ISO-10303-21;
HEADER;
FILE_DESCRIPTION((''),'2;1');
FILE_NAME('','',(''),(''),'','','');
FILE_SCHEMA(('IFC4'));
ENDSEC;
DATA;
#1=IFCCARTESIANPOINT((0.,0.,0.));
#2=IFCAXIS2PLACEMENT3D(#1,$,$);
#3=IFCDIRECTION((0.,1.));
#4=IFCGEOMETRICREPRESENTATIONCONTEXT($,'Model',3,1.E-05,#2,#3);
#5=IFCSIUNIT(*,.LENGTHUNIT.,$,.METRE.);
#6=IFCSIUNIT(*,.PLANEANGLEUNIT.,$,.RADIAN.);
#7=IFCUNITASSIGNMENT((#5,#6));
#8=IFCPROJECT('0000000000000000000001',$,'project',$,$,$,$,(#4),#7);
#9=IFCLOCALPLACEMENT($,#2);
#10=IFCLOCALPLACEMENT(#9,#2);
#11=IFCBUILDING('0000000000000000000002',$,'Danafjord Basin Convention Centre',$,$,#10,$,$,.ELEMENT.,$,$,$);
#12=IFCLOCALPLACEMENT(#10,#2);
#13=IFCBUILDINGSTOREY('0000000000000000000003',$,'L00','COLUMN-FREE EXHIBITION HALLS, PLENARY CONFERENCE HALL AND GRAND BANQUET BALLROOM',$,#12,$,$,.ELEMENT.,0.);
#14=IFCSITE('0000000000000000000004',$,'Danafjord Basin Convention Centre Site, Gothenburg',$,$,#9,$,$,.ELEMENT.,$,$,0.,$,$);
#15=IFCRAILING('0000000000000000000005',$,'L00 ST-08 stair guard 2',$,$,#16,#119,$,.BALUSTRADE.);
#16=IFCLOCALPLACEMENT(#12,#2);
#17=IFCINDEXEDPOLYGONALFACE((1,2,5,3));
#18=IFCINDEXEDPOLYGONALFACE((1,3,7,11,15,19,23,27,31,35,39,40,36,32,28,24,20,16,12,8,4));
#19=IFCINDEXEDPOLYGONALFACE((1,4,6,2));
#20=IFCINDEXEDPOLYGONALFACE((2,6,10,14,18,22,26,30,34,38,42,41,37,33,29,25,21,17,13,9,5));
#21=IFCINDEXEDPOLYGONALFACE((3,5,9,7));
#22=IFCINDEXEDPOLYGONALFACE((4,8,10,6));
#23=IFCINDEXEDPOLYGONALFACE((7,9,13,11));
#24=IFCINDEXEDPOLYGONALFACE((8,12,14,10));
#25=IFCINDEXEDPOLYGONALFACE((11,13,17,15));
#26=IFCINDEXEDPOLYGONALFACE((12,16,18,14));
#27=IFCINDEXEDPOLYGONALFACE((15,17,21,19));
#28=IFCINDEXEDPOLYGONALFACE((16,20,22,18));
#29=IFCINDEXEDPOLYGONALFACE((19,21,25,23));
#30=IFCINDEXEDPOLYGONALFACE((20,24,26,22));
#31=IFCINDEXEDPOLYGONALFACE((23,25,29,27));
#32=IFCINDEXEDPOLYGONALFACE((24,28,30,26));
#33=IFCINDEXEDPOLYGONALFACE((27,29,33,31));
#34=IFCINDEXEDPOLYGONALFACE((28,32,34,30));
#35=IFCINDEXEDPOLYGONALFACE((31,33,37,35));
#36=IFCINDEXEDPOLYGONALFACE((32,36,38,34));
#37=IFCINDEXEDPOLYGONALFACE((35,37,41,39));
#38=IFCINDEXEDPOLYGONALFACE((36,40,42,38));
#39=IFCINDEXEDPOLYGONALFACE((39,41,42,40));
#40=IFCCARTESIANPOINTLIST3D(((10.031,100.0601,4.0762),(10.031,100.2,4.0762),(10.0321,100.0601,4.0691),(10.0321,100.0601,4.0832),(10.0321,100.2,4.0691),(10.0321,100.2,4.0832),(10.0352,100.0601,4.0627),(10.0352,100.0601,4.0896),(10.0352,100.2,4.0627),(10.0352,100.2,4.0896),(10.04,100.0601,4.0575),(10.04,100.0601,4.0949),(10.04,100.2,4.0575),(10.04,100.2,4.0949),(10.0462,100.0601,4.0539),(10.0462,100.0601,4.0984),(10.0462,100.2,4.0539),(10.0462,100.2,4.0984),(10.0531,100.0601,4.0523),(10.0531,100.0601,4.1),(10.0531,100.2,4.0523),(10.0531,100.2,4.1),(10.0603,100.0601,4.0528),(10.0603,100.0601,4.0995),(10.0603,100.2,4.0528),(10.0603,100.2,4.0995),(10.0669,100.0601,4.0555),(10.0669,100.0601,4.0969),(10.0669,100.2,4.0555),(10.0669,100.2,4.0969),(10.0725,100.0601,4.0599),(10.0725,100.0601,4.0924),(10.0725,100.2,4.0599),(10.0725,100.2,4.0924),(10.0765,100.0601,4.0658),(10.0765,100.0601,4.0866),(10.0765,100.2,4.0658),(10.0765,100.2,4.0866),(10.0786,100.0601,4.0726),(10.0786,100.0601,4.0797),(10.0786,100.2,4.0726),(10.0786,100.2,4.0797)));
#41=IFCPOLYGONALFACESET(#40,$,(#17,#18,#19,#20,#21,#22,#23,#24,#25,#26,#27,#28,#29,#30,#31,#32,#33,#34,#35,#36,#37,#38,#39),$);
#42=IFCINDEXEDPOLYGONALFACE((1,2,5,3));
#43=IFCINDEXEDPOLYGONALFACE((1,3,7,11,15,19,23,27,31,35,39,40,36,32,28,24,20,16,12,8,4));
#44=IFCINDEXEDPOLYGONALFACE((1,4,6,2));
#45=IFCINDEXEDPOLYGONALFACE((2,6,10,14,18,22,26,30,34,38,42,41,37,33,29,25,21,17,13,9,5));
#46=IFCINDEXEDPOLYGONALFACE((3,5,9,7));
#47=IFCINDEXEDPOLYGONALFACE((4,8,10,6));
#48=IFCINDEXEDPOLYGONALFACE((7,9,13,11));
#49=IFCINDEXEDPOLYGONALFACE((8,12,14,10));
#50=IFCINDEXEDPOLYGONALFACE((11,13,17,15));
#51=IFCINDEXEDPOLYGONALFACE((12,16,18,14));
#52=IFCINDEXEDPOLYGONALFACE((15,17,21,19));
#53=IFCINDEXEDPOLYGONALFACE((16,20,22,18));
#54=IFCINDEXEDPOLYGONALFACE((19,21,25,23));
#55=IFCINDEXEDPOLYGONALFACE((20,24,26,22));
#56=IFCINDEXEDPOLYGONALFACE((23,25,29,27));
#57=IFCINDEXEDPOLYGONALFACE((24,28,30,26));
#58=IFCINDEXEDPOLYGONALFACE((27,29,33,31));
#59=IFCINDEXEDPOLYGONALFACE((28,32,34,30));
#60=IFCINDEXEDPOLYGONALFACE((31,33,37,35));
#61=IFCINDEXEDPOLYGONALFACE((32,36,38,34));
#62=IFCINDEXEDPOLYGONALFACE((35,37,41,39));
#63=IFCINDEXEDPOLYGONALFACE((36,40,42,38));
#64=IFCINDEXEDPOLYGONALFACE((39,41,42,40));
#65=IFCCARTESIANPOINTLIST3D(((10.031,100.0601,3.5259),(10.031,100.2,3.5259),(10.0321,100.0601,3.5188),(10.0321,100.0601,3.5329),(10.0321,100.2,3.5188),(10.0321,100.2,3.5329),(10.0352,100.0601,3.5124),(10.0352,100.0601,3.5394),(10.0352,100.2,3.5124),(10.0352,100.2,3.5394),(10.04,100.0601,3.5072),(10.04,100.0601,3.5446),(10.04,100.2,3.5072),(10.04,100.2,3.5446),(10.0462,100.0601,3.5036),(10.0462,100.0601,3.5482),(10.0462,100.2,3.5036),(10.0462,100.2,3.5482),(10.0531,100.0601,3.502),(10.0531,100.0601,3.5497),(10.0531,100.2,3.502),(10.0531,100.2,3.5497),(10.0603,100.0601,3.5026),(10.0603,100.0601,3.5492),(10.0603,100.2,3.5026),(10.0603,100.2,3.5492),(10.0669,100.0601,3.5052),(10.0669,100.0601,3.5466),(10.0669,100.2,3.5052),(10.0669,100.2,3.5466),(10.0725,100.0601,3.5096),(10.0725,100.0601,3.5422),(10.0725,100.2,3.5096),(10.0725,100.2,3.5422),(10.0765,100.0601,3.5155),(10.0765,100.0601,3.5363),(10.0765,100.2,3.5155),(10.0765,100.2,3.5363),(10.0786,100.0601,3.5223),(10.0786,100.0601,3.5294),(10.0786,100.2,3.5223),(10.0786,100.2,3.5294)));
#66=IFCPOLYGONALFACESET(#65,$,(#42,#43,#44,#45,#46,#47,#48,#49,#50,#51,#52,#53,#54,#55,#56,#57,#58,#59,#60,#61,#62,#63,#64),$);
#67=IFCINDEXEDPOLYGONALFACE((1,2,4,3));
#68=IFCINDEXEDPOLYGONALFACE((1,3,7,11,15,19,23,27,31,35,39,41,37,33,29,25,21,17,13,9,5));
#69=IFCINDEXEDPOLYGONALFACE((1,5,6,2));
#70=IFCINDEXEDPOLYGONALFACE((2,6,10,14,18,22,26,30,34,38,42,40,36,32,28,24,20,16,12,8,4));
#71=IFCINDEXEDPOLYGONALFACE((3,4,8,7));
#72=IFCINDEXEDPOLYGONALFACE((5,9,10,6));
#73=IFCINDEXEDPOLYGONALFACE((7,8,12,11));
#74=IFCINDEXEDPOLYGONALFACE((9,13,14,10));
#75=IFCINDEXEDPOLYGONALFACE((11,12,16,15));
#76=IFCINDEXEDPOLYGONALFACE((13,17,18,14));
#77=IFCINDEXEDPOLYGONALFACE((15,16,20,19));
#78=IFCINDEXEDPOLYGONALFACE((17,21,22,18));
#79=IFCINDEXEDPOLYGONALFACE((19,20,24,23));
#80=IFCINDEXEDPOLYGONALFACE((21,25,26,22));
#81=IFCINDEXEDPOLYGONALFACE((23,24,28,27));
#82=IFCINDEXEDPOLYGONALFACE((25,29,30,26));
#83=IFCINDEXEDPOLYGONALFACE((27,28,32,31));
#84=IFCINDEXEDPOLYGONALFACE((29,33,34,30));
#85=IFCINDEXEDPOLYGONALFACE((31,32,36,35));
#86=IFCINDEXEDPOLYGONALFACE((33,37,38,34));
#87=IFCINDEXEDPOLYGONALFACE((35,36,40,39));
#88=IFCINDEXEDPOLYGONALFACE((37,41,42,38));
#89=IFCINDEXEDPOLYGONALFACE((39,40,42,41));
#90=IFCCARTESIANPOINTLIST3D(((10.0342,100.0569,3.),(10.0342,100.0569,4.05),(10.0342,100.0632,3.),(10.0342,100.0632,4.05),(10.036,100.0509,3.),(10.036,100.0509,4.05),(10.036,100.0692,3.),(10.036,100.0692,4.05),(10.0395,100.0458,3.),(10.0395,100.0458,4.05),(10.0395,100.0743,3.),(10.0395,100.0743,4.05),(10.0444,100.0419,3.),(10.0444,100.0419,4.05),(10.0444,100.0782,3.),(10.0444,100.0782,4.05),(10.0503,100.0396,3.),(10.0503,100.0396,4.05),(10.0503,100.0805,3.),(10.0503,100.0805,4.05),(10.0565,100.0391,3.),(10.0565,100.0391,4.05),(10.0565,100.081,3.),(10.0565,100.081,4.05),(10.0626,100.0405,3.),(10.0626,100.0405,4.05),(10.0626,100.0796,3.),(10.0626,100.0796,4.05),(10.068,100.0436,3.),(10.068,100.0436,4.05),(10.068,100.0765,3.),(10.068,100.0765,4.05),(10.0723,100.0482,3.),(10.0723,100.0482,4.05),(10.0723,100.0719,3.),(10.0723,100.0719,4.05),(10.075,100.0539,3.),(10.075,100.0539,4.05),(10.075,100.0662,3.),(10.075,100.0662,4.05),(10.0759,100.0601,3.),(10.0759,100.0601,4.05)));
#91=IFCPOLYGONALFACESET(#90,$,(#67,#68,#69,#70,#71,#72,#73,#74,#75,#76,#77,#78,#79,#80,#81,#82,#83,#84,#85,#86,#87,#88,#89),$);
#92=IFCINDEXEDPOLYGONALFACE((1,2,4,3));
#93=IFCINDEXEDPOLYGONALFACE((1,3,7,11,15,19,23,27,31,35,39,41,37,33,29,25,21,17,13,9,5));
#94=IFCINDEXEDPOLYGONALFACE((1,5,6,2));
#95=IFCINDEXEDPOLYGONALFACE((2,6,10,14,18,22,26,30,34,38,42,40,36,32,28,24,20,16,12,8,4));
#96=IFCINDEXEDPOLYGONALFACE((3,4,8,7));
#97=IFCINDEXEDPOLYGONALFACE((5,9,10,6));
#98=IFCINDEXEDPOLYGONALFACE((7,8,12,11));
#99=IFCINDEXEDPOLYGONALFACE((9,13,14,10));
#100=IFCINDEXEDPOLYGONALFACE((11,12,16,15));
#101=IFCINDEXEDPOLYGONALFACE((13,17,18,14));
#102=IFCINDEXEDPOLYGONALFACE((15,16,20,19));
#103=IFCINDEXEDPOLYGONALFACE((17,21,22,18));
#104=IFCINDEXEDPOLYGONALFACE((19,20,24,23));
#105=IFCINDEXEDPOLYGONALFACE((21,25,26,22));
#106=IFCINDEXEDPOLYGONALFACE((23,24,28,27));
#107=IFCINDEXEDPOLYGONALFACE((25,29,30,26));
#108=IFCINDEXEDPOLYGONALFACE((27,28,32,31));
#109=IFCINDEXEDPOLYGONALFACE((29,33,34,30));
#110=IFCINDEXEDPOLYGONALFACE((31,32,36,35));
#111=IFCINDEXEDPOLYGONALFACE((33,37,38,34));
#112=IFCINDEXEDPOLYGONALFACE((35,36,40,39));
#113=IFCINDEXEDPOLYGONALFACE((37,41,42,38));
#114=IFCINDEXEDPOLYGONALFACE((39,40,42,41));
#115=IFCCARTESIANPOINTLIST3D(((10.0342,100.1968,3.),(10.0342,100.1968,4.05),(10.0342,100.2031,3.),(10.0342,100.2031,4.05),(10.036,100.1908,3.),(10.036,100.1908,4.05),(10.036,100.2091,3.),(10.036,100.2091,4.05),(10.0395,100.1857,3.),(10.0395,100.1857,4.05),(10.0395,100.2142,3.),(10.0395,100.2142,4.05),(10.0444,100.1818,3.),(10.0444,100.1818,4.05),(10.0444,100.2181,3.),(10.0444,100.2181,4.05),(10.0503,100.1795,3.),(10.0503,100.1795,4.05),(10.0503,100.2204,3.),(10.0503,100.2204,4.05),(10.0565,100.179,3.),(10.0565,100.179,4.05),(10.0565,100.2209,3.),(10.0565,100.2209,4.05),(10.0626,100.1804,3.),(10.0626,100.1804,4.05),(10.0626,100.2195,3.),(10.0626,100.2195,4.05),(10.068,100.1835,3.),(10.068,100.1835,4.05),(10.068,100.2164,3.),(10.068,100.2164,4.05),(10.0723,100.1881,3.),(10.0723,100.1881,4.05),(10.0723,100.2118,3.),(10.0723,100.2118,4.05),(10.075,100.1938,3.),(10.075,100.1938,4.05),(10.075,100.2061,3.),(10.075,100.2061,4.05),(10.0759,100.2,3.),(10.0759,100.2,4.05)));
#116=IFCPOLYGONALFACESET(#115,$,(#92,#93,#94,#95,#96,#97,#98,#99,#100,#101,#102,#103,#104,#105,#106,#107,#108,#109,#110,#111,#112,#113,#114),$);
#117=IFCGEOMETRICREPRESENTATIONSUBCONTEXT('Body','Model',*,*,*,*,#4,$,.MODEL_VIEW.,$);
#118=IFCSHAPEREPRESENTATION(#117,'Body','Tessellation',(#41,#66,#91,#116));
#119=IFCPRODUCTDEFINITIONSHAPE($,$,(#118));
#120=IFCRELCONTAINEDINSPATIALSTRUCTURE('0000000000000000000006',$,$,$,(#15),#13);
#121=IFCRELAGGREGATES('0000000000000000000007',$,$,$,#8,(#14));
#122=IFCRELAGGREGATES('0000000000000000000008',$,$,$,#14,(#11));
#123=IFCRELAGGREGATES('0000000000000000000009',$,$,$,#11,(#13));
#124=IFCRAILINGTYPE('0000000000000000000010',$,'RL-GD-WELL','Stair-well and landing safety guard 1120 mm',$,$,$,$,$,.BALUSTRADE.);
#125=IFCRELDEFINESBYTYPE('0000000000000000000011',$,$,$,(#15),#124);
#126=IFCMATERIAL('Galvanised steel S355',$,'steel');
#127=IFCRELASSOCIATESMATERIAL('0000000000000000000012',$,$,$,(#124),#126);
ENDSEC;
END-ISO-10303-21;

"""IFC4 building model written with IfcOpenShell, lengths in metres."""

from ifc_helpers import new_model, si_unit, direction, frame, origin, origin_2d, place, context, subcontext, project, spatial, circle, extrude, material, type_object, element, save


model = new_model("IFC4")

# Units and contexts
model_context = context("Model", 3, precision=1e-05, world=origin(), true_north=direction((0.0, 1.0)))
body_context = subcontext(model_context, "Body", "Model", "MODEL_VIEW")
ifc_project = project(units=[si_unit("LENGTHUNIT", "METRE"), si_unit("PLANEANGLEUNIT", "RADIAN")], contexts=[model_context])

# Site, building, storey
site_placement = place(None, origin())
site = spatial("IfcSite", under=ifc_project, at=site_placement, Name="Danafjord Basin Convention Centre Site, Gothenburg", CompositionType="ELEMENT", RefElevation=0.0)
building_placement = place(site_placement, origin())
building = spatial("IfcBuilding", under=site, at=building_placement, Name="Danafjord Basin Convention Centre", CompositionType="ELEMENT")
storey_placement = place(building_placement, origin())
storey = spatial("IfcBuildingStorey", under=building, at=storey_placement, Name="L00", Description="COLUMN-FREE EXHIBITION HALLS, PLENARY CONFERENCE HALL AND GRAND BANQUET BALLROOM", CompositionType="ELEMENT", Elevation=0.0)

# Railing
ifc_material_1 = material(Name="Galvanised steel S355", Category="steel")
railing_type_1 = type_object("IfcRailingType", Name="RL-GD-WELL", Description="Stair-well and landing safety guard 1120 mm", PredefinedType="BALUSTRADE", material=ifc_material_1)
railing_1_placement = place(storey_placement, frame((10.0549, 100.0601, 3.0)))
element("IfcRailing", 1, at=railing_1_placement, inside=storey, type_object=railing_type_1, Name="L00 ST-08 stair guard 2", PredefinedType="BALUSTRADE", context=body_context, shape_type="SweptSolid", body=[
    extrude(circle(Radius=0.0239, at=origin_2d()), frame((0.0, 0.0, 1.0762), z_axis=(0.0, 1.0, 0.0), x_axis=(-1.0, 0.0, 0.0)), (0.0, 0.0, 1.0), 0.1399),
    extrude(circle(Radius=0.0239, at=origin_2d()), frame((0.0, 0.0, 0.5259), z_axis=(0.0, 1.0, 0.0), x_axis=(-1.0, 0.0, 0.0)), (0.0, 0.0, 1.0), 0.1399),
    extrude(circle(Radius=0.021, at=origin_2d()), origin(), (0.0, 0.0, 1.0), 1.05),
    extrude(circle(Radius=0.021, at=origin_2d()), frame((0.0, 0.1399, 0.0)), (0.0, 0.0, 1.0), 1.05),
])

save(model, "model.ifc")
